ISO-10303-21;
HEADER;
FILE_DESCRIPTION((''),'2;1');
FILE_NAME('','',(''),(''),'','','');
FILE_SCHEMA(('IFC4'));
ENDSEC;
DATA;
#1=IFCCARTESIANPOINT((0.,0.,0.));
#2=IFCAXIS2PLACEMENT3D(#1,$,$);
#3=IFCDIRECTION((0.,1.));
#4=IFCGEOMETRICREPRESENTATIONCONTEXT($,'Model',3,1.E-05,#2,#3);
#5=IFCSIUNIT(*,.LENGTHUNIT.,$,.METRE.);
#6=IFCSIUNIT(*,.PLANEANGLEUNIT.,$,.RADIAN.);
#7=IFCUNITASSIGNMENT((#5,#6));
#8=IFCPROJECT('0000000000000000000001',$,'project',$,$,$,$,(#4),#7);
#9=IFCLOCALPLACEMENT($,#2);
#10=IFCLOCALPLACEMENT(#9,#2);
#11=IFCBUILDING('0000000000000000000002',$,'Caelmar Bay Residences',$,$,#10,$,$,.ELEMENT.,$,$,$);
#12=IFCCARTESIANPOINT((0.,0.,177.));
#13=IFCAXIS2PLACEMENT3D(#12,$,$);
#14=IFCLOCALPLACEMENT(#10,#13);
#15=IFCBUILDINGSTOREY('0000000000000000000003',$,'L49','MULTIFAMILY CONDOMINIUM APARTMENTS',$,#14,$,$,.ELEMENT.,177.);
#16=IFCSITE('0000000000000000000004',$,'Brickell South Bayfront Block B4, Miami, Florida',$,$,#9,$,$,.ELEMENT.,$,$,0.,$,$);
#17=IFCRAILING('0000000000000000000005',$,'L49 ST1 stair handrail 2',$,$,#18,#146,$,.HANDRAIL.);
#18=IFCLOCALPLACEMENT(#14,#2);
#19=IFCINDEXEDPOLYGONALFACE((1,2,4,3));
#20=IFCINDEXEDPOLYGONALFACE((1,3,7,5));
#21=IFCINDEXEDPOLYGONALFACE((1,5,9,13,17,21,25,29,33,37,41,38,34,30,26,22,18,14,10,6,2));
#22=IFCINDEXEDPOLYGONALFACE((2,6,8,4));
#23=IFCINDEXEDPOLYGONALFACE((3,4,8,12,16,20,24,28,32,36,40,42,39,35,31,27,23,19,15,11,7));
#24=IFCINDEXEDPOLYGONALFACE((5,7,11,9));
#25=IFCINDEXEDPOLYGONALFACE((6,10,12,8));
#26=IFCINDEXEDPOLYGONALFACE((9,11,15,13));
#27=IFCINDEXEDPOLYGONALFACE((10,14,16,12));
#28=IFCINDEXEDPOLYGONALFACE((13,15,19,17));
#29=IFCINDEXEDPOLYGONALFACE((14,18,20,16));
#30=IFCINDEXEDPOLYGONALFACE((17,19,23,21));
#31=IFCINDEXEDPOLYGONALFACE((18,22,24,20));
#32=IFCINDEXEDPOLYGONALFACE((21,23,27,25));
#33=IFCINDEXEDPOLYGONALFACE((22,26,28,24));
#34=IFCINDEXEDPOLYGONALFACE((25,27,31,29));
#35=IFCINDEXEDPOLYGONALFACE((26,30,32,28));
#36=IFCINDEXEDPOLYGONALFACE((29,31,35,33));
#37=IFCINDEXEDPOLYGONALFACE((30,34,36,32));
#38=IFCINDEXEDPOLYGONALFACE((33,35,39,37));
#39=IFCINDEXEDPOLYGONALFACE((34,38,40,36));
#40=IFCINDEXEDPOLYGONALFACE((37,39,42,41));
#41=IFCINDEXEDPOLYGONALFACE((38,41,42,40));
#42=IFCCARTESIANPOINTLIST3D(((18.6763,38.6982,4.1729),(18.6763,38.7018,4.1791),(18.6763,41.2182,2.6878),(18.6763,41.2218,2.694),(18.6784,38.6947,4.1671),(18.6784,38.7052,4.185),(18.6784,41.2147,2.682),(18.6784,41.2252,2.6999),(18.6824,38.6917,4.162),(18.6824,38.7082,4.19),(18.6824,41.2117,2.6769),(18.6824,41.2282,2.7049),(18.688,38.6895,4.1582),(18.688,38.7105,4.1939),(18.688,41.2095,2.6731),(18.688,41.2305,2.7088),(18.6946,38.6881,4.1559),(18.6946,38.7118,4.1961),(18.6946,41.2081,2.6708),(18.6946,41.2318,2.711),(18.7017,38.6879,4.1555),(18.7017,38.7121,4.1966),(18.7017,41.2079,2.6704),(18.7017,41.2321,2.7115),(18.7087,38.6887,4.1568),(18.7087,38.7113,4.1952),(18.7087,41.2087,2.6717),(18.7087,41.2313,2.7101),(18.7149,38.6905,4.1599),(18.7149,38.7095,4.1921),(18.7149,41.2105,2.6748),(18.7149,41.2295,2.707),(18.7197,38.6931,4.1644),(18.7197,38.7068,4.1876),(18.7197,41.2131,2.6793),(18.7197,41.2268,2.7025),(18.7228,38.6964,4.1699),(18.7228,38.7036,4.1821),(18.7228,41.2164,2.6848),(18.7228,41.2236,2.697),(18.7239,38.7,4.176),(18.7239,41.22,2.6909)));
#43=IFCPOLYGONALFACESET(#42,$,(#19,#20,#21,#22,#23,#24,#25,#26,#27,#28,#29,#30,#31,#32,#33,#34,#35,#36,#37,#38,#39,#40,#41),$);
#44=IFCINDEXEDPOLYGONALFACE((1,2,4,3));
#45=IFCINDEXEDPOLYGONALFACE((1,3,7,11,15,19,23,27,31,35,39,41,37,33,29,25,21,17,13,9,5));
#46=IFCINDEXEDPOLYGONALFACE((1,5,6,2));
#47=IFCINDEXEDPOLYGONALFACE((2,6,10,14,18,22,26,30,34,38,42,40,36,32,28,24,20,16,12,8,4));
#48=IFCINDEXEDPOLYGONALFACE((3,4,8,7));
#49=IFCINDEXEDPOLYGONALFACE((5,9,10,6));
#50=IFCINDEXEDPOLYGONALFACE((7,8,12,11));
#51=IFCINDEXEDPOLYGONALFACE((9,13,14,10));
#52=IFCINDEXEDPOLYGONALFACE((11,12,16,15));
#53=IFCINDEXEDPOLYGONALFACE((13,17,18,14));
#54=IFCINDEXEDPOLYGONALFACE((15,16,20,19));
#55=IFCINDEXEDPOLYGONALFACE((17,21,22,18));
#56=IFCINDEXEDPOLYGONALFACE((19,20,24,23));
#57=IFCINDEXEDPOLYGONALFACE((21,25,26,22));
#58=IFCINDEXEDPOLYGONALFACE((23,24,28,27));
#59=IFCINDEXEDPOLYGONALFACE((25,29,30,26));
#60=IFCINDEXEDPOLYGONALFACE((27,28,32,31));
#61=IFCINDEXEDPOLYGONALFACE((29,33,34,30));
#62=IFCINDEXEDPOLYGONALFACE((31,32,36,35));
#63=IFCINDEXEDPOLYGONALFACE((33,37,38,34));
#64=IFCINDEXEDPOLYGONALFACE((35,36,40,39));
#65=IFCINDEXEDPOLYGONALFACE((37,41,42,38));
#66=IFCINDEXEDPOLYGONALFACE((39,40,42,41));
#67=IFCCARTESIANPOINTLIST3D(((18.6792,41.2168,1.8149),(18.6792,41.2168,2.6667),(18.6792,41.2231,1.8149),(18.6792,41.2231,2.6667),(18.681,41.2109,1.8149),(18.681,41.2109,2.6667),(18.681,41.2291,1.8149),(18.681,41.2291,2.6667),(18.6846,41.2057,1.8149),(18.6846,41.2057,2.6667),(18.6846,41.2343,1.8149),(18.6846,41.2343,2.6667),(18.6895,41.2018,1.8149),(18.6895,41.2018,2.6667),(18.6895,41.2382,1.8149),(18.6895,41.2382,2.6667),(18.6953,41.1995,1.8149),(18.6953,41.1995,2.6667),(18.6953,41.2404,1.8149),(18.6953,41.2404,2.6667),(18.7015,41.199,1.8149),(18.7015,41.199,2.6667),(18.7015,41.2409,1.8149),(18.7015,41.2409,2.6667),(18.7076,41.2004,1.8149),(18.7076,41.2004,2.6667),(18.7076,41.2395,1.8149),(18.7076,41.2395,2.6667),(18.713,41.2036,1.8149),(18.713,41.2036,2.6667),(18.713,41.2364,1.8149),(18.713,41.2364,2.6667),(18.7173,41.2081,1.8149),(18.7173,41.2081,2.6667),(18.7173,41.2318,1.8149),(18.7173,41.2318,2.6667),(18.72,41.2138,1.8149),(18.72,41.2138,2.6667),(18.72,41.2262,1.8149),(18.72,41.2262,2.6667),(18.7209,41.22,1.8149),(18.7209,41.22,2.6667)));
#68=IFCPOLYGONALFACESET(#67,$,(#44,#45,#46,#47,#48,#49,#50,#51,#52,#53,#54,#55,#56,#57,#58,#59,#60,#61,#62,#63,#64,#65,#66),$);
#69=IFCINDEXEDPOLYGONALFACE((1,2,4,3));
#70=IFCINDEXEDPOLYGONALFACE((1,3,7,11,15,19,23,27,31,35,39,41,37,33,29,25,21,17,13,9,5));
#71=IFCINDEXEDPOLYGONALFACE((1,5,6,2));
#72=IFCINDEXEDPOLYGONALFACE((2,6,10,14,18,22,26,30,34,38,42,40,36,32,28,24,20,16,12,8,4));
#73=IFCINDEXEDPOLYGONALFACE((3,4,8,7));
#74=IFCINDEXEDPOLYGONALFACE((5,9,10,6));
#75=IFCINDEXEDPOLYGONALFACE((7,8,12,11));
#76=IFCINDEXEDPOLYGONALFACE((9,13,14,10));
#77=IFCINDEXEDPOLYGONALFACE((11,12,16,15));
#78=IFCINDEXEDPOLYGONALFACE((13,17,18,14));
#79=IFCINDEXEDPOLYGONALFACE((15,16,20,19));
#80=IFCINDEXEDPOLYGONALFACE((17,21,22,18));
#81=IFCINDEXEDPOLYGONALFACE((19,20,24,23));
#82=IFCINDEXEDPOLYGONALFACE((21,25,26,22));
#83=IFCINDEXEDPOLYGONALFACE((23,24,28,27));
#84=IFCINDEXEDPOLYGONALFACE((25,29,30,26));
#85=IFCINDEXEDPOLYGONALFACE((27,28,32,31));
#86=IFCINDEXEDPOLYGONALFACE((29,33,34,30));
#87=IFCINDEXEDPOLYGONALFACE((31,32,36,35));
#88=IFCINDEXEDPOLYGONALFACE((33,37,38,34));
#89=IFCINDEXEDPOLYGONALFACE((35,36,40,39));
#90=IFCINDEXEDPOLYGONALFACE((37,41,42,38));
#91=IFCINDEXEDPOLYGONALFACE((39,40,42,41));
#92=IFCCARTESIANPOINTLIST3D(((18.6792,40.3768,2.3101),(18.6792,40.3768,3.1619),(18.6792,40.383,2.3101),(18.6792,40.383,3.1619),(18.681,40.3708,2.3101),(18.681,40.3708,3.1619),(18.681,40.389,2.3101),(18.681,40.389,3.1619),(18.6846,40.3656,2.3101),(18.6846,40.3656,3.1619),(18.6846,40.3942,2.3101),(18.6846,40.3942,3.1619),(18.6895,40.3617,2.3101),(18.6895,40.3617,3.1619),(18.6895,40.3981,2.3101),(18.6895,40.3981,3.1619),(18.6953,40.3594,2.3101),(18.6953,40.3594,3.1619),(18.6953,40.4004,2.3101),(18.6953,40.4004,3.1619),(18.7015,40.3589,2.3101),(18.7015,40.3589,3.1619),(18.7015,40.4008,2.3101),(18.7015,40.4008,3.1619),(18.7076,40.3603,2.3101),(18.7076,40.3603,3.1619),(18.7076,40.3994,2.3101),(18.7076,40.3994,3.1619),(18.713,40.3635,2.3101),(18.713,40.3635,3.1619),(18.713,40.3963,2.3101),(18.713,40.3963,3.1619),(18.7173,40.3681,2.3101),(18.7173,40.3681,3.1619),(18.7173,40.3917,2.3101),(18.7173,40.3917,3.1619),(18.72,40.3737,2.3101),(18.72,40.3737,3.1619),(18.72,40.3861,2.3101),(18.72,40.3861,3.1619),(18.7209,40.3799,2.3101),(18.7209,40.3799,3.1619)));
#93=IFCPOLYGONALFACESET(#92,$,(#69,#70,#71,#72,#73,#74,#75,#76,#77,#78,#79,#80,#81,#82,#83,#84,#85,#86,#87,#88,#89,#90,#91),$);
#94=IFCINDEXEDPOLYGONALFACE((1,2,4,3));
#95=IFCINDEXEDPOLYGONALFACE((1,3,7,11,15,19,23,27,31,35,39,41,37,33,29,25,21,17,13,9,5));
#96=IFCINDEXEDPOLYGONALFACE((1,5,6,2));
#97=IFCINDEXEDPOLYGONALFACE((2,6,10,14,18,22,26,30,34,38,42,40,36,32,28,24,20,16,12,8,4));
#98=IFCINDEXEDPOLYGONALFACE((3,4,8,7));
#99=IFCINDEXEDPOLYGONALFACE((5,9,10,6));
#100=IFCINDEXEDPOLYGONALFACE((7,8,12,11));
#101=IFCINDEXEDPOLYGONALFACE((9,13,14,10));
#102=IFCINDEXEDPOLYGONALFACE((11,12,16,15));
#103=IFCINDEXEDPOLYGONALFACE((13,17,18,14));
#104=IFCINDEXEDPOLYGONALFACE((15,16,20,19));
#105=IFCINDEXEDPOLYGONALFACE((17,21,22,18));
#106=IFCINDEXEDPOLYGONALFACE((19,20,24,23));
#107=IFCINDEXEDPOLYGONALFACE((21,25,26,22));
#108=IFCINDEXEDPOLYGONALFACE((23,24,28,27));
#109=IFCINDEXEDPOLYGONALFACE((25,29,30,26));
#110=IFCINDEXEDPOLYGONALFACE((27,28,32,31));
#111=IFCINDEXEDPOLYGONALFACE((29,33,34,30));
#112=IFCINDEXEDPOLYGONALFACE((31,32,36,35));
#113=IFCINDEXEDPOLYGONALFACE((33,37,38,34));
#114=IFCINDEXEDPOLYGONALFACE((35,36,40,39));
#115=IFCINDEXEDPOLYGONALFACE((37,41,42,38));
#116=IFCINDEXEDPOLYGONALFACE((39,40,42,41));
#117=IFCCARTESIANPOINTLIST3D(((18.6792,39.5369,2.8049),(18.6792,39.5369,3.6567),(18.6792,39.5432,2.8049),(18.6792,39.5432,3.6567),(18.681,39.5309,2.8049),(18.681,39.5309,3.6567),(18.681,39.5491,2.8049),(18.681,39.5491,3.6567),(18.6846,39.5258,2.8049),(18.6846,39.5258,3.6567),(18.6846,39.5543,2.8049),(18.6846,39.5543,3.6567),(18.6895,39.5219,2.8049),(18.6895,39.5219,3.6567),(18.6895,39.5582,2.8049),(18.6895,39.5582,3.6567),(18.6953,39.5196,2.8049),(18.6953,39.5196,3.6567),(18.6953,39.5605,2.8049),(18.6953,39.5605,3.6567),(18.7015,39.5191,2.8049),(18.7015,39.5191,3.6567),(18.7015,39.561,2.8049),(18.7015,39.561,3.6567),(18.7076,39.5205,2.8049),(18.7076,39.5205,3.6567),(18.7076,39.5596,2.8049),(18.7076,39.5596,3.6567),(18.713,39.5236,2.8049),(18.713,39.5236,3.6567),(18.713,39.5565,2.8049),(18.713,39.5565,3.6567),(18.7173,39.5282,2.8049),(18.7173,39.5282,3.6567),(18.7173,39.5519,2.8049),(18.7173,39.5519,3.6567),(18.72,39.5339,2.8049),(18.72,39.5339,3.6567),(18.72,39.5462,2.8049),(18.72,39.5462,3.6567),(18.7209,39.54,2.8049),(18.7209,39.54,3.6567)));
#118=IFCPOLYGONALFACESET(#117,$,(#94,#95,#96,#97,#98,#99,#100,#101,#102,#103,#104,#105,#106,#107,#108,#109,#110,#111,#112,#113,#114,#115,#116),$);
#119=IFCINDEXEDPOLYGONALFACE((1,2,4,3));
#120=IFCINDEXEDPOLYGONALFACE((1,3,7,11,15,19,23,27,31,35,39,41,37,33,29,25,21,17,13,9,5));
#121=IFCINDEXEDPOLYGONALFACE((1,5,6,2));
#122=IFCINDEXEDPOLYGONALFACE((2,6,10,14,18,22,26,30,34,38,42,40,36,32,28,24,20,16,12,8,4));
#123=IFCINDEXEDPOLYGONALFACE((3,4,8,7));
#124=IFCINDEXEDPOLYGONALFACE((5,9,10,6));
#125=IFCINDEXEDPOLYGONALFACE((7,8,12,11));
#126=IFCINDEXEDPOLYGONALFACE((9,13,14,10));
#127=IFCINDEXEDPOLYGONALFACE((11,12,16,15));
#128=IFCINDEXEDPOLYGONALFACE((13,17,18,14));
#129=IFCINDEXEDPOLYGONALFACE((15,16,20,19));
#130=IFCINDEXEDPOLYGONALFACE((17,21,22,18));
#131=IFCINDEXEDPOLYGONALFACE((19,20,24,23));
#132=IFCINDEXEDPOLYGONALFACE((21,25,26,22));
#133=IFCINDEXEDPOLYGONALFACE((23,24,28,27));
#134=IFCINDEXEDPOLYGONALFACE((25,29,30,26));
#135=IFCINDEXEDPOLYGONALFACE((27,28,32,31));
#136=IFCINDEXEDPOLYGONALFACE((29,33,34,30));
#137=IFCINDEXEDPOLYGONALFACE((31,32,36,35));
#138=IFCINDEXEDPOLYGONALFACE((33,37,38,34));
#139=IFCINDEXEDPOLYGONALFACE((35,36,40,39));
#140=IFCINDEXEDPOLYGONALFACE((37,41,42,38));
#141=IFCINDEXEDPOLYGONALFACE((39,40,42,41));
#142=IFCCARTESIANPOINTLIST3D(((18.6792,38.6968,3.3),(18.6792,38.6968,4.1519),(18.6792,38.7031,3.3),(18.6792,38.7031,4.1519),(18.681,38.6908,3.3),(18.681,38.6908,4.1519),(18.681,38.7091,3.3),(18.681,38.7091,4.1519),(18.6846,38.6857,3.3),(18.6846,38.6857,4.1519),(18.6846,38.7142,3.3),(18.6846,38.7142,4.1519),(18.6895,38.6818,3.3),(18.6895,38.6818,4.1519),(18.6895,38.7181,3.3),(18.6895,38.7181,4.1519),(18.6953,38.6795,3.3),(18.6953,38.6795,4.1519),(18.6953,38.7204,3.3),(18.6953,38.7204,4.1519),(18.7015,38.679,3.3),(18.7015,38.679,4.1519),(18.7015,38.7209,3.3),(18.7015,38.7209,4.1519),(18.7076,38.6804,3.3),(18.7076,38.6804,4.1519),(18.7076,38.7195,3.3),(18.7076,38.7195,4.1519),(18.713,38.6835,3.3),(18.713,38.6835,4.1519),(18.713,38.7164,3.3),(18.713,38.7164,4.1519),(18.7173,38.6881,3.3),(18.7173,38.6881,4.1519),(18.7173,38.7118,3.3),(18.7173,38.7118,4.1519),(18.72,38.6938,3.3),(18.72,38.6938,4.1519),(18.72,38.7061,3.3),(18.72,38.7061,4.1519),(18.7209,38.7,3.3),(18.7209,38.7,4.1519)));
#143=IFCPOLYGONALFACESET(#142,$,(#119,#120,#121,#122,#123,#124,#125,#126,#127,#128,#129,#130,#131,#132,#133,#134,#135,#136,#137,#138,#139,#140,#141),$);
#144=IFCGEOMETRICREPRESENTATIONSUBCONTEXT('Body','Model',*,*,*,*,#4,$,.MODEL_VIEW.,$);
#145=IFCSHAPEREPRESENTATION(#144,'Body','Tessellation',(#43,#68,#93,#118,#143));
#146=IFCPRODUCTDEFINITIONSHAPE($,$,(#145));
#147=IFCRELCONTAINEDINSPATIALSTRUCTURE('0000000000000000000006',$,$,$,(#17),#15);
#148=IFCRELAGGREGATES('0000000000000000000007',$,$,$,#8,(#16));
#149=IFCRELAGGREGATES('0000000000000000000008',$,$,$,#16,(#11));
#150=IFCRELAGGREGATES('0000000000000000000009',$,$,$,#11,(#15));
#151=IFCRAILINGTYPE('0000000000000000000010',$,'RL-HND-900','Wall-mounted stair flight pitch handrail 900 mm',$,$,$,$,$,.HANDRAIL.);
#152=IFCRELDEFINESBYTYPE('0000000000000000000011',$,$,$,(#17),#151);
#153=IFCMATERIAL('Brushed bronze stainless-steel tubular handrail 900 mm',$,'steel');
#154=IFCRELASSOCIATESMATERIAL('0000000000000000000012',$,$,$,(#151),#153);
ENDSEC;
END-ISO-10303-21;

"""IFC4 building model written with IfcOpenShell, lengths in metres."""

from ifc_helpers import new_model, si_unit, direction, frame, origin, origin_2d, place, context, subcontext, project, spatial, circle, extrude, material, type_object, element, save


model = new_model("IFC4")

# Units and contexts
model_context = context("Model", 3, precision=1e-05, world=origin(), true_north=direction((0.0, 1.0)))
body_context = subcontext(model_context, "Body", "Model", "MODEL_VIEW")
ifc_project = project(units=[si_unit("LENGTHUNIT", "METRE"), si_unit("PLANEANGLEUNIT", "RADIAN")], contexts=[model_context])

# Site, building, storey
site_placement = place(None, origin())
site = spatial("IfcSite", under=ifc_project, at=site_placement, Name="Brickell South Bayfront Block B4, Miami, Florida", CompositionType="ELEMENT", RefElevation=0.0)
building_placement = place(site_placement, origin())
building = spatial("IfcBuilding", under=site, at=building_placement, Name="Caelmar Bay Residences", CompositionType="ELEMENT")
storey_placement = place(building_placement, frame((0.0, 0.0, 177.0)))
storey = spatial("IfcBuildingStorey", under=building, at=storey_placement, Name="L49", Description="MULTIFAMILY CONDOMINIUM APARTMENTS", CompositionType="ELEMENT", Elevation=177.0)

# Railing
ifc_material_1 = material(Name="Brushed bronze stainless-steel tubular handrail 900 mm", Category="steel")
railing_type_1 = type_object("IfcRailingType", Name="RL-HND-900", Description="Wall-mounted stair flight pitch handrail 900 mm", PredefinedType="HANDRAIL", material=ifc_material_1)
railing_1_placement = place(storey_placement, frame((18.7, 41.22, 1.8149)))
element("IfcRailing", 1, at=railing_1_placement, inside=storey, type_object=railing_type_1, Name="L49 ST1 stair handrail 2", PredefinedType="HANDRAIL", context=body_context, shape_type="SweptSolid", body=[
    extrude(circle(Radius=0.0239, at=origin_2d()), frame((0.0, 0.0, 0.876), z_axis=(0.0, -0.861524, 0.507717), x_axis=(1.0, 0.0, 0.0)), (0.0, 0.0, 1.0), 2.925),
    extrude(circle(Radius=0.021, at=origin_2d()), origin(), (0.0, 0.0, 1.0), 0.8518),
    extrude(circle(Radius=0.021, at=origin_2d()), frame((0.0, -0.8401, 0.4951)), (0.0, 0.0, 1.0), 0.8518),
    extrude(circle(Radius=0.021, at=origin_2d()), frame((0.0, -1.6799, 0.99)), (0.0, 0.0, 1.0), 0.8518),
    extrude(circle(Radius=0.021, at=origin_2d()), frame((0.0, -2.52, 1.4851)), (0.0, 0.0, 1.0), 0.8518),
])

save(model, "model.ifc")
